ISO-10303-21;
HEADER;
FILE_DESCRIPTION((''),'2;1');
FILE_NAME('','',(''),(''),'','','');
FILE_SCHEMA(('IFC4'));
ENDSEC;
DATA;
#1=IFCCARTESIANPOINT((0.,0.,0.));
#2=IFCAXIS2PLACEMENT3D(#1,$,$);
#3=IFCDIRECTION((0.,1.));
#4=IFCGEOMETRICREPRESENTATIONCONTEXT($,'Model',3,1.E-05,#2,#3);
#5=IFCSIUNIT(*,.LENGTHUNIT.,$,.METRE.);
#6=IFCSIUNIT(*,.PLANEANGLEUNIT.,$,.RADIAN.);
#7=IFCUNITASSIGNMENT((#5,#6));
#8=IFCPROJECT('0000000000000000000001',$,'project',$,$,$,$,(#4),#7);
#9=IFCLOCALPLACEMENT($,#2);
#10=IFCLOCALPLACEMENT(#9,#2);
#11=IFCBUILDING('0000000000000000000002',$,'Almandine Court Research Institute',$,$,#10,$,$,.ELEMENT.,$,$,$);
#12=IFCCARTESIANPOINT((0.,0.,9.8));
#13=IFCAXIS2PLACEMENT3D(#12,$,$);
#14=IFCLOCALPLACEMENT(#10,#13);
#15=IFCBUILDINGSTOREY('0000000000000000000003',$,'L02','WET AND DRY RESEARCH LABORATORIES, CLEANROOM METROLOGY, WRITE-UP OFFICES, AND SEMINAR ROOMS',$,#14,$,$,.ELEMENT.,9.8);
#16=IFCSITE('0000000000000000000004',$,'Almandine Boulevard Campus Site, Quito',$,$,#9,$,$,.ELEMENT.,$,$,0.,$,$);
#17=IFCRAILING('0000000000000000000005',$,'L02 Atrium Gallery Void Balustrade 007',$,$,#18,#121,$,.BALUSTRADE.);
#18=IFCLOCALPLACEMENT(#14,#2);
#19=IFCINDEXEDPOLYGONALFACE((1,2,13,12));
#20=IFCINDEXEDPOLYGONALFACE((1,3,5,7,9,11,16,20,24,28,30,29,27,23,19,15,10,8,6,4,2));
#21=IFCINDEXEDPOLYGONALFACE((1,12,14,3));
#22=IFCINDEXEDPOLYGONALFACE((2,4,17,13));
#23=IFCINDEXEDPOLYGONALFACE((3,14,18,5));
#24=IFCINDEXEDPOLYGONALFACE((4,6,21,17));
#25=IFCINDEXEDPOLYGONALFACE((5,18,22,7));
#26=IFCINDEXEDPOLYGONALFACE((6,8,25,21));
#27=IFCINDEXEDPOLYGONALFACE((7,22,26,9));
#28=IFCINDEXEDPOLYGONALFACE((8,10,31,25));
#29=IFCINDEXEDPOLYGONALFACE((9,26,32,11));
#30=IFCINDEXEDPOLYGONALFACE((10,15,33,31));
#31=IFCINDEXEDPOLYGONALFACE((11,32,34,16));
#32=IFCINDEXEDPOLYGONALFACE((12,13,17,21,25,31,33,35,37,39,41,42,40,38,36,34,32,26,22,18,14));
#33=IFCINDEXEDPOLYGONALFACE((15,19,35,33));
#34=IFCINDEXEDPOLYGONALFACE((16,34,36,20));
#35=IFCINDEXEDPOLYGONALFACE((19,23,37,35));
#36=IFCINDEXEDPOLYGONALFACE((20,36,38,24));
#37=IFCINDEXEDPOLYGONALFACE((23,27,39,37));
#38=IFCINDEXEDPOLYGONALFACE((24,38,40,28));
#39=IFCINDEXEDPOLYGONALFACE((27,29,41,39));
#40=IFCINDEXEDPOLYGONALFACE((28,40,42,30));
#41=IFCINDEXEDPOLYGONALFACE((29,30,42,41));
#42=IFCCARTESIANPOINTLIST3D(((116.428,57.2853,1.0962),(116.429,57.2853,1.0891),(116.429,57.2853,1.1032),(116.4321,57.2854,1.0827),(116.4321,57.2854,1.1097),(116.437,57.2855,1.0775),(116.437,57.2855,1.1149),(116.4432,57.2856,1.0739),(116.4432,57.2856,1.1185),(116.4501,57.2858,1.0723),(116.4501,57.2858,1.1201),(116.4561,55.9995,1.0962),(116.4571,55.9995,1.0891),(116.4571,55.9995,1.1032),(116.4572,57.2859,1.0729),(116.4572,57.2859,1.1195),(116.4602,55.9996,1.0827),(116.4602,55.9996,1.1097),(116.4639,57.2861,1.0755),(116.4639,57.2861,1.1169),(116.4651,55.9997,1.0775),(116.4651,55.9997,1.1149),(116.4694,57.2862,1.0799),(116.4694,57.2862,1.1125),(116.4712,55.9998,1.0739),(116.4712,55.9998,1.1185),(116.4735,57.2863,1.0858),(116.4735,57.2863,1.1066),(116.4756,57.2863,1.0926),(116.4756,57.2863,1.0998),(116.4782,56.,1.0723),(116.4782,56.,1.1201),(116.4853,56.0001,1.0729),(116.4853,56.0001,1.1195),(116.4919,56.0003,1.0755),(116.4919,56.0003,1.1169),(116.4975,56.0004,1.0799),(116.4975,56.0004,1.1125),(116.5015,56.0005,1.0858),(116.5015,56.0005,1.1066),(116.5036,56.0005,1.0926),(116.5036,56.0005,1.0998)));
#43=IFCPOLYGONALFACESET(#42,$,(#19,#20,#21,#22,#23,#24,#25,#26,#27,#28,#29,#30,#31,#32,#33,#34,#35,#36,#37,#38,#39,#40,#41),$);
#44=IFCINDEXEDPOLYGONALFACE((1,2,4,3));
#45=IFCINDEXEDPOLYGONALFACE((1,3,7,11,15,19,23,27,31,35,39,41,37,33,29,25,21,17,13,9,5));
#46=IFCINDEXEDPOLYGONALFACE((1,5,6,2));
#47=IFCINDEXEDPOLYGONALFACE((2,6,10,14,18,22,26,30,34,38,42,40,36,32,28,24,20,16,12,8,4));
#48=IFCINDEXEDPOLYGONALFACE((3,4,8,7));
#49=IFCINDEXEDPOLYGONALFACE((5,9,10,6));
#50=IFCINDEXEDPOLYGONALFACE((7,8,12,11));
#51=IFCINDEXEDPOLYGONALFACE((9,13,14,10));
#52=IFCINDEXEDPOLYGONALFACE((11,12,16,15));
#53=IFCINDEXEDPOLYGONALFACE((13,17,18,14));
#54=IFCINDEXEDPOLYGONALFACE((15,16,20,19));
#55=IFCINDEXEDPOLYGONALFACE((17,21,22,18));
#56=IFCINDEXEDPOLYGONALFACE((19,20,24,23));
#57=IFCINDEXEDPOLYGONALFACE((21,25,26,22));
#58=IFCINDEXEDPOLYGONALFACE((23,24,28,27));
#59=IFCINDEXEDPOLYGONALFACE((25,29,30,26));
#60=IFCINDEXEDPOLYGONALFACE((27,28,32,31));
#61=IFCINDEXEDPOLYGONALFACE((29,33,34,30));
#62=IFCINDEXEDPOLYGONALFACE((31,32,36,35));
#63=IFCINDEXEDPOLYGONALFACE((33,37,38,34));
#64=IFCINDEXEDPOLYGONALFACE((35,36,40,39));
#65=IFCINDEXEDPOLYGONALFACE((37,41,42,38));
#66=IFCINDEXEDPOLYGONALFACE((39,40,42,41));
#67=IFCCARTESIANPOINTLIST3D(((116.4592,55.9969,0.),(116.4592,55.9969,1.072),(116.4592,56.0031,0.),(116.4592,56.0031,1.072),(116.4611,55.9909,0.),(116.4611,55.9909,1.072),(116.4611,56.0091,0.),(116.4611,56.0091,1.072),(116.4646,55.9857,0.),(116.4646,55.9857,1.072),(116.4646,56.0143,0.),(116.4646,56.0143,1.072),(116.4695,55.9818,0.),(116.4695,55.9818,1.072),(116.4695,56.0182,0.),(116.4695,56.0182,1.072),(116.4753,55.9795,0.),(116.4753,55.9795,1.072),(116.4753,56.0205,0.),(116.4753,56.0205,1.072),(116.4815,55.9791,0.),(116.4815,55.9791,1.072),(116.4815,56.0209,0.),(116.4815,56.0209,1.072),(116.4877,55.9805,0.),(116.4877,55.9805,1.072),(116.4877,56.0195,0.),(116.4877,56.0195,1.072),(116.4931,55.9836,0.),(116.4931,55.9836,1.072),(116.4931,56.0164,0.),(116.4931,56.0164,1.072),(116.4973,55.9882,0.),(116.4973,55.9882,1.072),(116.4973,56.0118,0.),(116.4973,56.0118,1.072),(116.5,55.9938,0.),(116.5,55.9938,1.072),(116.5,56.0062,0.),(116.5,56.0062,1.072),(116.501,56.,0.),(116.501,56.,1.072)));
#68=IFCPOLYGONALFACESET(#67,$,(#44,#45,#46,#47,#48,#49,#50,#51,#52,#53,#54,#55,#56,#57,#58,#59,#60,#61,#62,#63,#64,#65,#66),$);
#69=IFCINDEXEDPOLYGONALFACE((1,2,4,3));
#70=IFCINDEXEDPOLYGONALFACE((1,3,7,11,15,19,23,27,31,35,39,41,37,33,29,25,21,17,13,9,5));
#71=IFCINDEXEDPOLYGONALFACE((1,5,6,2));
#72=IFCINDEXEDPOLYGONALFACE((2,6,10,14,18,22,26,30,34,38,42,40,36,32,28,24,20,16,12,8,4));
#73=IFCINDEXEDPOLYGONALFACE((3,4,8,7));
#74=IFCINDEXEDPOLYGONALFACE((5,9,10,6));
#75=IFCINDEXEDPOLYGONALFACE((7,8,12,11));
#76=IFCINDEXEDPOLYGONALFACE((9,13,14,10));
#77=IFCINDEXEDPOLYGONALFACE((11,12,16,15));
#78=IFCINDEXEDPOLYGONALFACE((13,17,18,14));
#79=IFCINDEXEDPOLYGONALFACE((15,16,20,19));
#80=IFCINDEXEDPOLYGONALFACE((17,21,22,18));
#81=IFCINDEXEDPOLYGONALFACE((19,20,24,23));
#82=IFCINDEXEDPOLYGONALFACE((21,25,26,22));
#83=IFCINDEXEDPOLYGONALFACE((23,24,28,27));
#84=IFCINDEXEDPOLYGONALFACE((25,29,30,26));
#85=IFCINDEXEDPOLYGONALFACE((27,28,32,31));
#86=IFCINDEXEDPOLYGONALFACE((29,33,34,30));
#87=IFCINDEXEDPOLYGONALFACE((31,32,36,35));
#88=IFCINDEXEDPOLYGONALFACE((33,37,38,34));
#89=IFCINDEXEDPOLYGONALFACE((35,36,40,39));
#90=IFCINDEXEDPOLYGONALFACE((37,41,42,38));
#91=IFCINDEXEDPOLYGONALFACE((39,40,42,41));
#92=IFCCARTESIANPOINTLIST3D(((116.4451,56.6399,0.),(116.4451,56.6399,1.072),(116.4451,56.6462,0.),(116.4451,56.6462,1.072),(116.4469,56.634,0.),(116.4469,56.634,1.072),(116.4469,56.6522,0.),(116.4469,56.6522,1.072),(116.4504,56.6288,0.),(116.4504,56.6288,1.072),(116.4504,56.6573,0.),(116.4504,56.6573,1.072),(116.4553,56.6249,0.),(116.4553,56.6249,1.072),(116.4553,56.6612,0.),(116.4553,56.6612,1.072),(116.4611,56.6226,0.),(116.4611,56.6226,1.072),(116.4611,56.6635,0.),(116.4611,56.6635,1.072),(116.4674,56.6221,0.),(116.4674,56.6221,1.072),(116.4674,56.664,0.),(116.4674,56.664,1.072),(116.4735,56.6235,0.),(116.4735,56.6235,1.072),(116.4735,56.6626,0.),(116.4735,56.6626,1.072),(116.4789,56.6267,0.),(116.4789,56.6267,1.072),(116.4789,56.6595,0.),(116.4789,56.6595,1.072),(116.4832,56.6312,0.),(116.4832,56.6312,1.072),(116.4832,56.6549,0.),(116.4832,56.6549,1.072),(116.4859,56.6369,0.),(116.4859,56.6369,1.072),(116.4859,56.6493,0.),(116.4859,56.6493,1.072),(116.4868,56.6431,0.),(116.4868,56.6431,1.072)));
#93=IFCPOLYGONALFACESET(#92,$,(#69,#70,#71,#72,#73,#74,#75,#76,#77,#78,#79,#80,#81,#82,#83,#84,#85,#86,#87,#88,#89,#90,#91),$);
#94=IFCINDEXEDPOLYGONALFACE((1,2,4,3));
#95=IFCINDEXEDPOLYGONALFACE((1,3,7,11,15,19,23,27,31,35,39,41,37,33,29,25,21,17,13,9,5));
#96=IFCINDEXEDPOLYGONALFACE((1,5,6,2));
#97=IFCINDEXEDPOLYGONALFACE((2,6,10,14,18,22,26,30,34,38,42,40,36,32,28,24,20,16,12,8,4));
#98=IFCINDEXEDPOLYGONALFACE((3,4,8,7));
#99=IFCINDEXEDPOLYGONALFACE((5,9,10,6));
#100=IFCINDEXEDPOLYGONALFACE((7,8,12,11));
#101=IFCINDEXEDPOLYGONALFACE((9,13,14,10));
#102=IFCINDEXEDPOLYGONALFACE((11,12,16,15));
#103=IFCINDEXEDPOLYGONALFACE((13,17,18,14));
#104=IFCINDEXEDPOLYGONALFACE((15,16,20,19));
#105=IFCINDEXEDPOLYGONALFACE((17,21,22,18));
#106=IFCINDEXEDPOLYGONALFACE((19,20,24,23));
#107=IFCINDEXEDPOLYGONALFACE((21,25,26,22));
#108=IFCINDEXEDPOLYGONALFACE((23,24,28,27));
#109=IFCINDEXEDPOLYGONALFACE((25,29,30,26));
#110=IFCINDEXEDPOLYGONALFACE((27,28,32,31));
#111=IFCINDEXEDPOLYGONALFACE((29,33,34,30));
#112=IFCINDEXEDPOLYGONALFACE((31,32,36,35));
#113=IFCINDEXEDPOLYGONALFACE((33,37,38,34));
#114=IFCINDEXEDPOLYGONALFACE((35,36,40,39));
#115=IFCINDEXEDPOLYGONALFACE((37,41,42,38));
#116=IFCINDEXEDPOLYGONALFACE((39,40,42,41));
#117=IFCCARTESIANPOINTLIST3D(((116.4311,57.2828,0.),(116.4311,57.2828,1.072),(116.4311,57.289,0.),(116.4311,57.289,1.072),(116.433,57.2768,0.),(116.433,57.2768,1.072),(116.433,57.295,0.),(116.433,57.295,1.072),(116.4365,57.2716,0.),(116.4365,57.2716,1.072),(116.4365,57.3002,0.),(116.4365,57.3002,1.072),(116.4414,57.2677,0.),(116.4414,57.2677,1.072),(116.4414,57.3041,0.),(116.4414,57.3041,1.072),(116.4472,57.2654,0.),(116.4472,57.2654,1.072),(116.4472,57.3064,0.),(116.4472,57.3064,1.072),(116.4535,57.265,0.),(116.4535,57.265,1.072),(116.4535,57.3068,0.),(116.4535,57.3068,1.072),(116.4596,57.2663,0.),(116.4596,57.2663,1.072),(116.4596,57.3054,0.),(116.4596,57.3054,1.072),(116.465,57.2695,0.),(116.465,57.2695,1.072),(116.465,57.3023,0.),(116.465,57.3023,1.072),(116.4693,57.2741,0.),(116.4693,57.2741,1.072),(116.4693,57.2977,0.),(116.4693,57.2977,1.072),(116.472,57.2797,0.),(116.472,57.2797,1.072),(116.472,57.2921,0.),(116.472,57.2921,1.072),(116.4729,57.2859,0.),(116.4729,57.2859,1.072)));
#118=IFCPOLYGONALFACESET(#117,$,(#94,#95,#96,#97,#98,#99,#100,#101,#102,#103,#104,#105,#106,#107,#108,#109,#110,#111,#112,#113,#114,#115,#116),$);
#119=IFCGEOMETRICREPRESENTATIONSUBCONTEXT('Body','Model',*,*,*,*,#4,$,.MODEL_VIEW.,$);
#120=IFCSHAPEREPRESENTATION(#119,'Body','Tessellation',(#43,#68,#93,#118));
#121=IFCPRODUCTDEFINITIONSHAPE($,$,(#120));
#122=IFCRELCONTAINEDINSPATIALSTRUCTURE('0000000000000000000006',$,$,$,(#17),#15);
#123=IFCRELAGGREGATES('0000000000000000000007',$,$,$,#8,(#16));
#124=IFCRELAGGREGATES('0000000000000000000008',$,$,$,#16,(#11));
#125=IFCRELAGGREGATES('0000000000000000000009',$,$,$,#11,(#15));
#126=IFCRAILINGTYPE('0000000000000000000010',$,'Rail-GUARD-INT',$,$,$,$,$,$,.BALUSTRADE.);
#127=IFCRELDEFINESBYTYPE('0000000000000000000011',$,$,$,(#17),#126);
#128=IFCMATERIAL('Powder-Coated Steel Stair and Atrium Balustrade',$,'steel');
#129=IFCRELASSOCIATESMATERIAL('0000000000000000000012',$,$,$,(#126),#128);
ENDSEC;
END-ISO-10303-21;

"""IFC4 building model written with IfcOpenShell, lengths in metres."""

from ifc_helpers import new_model, si_unit, direction, frame, origin, origin_2d, place, context, subcontext, project, spatial, circle, extrude, material, type_object, element, save


model = new_model("IFC4")

# Units and contexts
model_context = context("Model", 3, precision=1e-05, world=origin(), true_north=direction((0.0, 1.0)))
body_context = subcontext(model_context, "Body", "Model", "MODEL_VIEW")
ifc_project = project(units=[si_unit("LENGTHUNIT", "METRE"), si_unit("PLANEANGLEUNIT", "RADIAN")], contexts=[model_context])

# Site, building, storey
site_placement = place(None, origin())
site = spatial("IfcSite", under=ifc_project, at=site_placement, Name="Almandine Boulevard Campus Site, Quito", CompositionType="ELEMENT", RefElevation=0.0)
building_placement = place(site_placement, origin())
building = spatial("IfcBuilding", under=site, at=building_placement, Name="Almandine Court Research Institute", CompositionType="ELEMENT")
storey_placement = place(building_placement, frame((0.0, 0.0, 9.8)))
storey = spatial("IfcBuildingStorey", under=building, at=storey_placement, Name="L02", Description="WET AND DRY RESEARCH LABORATORIES, CLEANROOM METROLOGY, WRITE-UP OFFICES, AND SEMINAR ROOMS", CompositionType="ELEMENT", Elevation=9.8)

# Railing
ifc_material_1 = material(Name="Powder-Coated Steel Stair and Atrium Balustrade", Category="steel")
railing_type = type_object("IfcRailingType", Name="Rail-GUARD-INT", PredefinedType="BALUSTRADE", material=ifc_material_1)
railing_1_placement = place(storey_placement, frame((116.48, 56.0, 0.0)))
element("IfcRailing", 1, at=railing_1_placement, inside=storey, type_object=railing_type, Name="L02 Atrium Gallery Void Balustrade 007", PredefinedType="BALUSTRADE", context=body_context, shape_type="SweptSolid", body=[
    extrude(circle(Radius=0.0239, at=origin_2d()), frame((0.0, 0.0, 1.0962), z_axis=(-0.021829, 0.999762, 0.0), x_axis=(-0.999762, -0.021829, 0.0)), (0.0, 0.0, 1.0), 1.2861),
    extrude(circle(Radius=0.021, at=origin_2d()), origin(), (0.0, 0.0, 1.0), 1.072),
    extrude(circle(Radius=0.021, at=origin_2d()), frame((-0.0142, 0.6431, 0.0)), (0.0, 0.0, 1.0), 1.072),
    extrude(circle(Radius=0.021, at=origin_2d()), frame((-0.0281, 1.2859, 0.0)), (0.0, 0.0, 1.0), 1.072),
])

save(model, "model.ifc")
